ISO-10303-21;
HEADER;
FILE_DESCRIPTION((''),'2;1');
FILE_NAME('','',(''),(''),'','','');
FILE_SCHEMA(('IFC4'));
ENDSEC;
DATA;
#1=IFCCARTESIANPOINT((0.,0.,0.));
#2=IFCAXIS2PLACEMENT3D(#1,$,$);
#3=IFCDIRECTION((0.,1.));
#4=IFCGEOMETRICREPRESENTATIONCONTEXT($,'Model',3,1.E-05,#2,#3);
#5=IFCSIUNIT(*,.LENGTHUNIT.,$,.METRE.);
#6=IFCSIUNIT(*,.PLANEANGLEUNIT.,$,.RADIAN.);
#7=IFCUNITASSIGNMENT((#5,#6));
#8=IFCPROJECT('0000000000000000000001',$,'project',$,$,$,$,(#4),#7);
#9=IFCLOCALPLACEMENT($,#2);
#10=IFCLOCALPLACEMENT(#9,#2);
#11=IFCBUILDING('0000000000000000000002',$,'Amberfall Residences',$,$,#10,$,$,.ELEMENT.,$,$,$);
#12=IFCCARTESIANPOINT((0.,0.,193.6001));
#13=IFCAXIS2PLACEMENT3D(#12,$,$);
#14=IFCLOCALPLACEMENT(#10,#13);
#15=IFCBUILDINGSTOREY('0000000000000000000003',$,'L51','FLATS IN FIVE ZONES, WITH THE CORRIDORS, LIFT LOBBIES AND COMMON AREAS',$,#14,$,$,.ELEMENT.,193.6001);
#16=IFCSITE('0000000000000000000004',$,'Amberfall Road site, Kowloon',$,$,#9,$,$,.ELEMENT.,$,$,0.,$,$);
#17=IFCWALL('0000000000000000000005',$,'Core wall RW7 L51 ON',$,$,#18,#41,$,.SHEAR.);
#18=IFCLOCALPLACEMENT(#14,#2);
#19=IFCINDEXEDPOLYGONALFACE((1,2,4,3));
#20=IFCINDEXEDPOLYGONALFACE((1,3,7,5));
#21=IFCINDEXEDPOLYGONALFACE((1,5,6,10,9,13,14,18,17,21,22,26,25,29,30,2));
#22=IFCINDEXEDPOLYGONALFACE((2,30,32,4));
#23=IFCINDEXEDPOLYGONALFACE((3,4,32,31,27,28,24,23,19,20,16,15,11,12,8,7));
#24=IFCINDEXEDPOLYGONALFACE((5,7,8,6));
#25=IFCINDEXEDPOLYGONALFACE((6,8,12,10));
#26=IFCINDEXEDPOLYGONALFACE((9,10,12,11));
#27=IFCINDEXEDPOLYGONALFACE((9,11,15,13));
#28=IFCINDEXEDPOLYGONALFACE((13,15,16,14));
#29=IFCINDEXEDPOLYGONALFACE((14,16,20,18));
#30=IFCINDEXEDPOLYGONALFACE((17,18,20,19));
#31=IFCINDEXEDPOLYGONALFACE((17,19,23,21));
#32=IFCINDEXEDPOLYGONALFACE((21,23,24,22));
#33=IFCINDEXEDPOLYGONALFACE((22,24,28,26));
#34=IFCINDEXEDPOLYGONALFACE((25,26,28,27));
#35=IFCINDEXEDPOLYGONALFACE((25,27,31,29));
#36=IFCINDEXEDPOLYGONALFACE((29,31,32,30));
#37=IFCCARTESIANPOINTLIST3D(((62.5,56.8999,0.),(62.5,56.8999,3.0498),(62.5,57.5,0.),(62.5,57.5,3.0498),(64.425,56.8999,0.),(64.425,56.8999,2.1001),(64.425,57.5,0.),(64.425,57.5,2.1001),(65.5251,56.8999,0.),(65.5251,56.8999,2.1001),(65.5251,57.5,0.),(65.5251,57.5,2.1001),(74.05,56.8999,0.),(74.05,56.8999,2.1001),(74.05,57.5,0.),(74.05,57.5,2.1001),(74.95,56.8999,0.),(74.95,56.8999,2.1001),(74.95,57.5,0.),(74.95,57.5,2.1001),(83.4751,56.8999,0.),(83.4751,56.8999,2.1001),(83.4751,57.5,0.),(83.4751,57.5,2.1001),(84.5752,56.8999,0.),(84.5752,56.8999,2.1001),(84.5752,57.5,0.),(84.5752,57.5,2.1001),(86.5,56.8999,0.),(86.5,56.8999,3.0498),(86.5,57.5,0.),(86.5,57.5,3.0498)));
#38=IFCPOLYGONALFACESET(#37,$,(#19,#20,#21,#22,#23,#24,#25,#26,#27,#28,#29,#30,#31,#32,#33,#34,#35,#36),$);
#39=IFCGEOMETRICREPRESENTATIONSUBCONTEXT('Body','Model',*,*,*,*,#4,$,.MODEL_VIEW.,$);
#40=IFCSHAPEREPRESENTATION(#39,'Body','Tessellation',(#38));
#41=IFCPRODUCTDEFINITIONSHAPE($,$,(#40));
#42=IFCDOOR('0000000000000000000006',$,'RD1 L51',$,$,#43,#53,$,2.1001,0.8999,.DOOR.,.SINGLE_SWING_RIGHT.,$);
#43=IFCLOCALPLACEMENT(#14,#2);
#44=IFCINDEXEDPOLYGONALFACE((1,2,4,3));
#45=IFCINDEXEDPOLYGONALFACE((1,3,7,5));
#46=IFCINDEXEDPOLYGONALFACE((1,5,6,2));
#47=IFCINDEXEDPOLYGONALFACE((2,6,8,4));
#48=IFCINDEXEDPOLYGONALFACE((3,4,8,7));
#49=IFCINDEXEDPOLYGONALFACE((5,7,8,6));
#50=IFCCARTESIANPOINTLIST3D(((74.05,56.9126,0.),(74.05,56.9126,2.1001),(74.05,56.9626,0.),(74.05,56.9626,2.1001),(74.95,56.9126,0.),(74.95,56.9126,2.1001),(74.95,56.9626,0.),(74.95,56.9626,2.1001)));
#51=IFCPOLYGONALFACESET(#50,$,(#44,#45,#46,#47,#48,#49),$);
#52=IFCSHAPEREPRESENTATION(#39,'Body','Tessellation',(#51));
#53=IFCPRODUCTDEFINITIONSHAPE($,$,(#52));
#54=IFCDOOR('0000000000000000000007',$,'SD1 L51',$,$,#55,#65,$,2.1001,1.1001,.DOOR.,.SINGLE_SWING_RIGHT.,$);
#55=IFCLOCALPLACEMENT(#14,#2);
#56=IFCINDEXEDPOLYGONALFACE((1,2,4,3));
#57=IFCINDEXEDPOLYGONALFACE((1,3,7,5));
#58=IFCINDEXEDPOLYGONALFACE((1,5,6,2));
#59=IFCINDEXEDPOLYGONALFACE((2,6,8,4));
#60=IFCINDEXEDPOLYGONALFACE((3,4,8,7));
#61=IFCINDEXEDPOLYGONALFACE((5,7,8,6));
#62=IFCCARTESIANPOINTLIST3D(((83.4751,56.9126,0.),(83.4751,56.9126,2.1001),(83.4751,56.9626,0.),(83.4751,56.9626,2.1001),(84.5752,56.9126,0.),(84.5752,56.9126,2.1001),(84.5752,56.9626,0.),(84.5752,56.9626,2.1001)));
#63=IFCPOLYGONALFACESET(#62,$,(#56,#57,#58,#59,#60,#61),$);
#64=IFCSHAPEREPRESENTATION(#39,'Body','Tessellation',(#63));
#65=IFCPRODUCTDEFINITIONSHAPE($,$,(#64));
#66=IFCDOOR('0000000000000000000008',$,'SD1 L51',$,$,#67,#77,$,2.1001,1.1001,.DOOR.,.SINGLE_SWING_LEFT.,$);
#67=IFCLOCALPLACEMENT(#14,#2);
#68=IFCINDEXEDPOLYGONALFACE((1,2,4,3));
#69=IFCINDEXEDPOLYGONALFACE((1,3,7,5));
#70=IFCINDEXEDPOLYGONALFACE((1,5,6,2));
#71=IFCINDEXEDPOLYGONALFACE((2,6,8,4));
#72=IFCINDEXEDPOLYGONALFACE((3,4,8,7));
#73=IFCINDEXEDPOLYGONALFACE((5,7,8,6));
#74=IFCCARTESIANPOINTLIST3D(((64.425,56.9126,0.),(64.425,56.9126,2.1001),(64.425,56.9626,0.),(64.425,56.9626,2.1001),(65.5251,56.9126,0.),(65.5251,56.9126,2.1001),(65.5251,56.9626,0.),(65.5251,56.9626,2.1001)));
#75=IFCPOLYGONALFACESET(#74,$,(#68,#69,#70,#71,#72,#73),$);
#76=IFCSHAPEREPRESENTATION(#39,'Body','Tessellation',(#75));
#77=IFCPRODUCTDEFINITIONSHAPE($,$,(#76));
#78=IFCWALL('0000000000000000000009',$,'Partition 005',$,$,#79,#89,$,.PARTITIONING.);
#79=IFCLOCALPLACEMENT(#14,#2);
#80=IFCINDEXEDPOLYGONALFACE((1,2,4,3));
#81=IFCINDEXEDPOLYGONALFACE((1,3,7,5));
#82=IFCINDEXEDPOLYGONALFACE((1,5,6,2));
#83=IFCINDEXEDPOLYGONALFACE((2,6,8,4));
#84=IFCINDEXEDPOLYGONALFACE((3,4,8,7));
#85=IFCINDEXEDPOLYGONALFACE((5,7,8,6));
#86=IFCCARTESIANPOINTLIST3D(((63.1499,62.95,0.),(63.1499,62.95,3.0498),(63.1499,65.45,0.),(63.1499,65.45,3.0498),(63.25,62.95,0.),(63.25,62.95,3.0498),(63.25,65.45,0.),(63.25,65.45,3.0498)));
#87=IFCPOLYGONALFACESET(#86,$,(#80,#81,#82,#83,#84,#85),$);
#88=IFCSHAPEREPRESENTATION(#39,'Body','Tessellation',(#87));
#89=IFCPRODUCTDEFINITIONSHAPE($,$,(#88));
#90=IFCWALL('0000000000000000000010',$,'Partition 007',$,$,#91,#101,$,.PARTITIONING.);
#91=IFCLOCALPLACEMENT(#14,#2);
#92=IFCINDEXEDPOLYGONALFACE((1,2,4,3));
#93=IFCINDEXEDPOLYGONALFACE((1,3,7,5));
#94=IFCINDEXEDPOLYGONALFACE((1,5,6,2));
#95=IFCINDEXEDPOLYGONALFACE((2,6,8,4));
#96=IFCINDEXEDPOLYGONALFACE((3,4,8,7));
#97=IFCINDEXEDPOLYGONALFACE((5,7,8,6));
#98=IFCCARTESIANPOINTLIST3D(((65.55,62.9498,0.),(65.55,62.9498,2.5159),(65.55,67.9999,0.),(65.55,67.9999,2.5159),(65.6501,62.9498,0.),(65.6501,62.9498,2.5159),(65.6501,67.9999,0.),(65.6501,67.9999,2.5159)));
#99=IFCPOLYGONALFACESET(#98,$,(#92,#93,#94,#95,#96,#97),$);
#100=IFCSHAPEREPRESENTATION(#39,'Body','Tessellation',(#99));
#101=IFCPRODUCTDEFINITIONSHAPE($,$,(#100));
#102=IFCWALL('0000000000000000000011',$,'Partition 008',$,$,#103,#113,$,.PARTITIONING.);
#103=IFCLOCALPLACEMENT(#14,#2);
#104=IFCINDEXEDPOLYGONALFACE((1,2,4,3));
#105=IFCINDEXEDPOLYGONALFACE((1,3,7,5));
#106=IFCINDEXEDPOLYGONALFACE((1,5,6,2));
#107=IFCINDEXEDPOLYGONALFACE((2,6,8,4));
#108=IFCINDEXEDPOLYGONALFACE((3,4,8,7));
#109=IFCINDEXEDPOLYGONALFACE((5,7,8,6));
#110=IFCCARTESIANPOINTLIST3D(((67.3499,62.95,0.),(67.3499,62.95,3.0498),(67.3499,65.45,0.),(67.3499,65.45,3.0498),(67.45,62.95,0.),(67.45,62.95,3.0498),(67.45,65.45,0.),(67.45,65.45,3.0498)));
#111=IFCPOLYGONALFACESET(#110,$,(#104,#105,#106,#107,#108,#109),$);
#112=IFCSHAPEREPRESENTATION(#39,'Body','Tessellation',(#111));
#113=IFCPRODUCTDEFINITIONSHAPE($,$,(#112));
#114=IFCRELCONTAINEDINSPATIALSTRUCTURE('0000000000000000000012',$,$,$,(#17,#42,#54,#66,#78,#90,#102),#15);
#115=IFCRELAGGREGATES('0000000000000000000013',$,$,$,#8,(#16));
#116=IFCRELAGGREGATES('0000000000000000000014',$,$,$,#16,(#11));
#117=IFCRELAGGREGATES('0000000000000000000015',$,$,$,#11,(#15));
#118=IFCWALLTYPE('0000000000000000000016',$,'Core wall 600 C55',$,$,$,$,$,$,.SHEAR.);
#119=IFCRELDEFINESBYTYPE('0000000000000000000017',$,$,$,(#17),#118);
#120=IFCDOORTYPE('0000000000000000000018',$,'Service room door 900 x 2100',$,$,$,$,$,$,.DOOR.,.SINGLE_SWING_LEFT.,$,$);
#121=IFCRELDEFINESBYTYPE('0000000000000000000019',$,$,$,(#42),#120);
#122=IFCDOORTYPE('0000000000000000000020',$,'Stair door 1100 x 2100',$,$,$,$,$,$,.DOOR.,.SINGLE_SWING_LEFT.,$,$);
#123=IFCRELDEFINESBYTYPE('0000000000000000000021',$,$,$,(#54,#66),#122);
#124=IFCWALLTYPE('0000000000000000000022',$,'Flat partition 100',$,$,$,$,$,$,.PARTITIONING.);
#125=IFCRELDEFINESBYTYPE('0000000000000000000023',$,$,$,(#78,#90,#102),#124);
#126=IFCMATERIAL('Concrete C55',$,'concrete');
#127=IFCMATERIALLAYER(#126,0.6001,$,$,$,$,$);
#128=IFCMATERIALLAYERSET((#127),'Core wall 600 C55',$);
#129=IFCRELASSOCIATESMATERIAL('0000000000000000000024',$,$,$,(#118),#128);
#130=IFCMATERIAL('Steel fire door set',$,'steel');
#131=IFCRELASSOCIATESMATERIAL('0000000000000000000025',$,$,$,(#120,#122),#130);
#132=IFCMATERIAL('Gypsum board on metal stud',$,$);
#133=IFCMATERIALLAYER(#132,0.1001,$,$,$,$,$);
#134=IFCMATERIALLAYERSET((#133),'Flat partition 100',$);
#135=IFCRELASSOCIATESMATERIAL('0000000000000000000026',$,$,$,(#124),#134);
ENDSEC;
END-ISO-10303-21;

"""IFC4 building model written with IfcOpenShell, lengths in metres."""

from ifc_helpers import new_model, si_unit, direction, frame, frame_2d, origin, place, context, subcontext, project, spatial, rectangle, extrude, material, layer, layer_set, type_object, element, fill, save


model = new_model("IFC4")

# Units and contexts
model_context = context("Model", 3, precision=1e-05, world=origin(), true_north=direction((0.0, 1.0)))
body_context = subcontext(model_context, "Body", "Model", "MODEL_VIEW")
ifc_project = project(units=[si_unit("LENGTHUNIT", "METRE"), si_unit("PLANEANGLEUNIT", "RADIAN")], contexts=[model_context])

# Site, building, storey
site_placement = place(None, origin())
site = spatial("IfcSite", under=ifc_project, at=site_placement, Name="Amberfall Road site, Kowloon", CompositionType="ELEMENT", RefElevation=0.0)
building_placement = place(site_placement, origin())
building = spatial("IfcBuilding", under=site, at=building_placement, Name="Amberfall Residences", CompositionType="ELEMENT")
storey_placement = place(building_placement, frame((0.0, 0.0, 193.6001)))
storey = spatial("IfcBuildingStorey", under=building, at=storey_placement, Name="L51", Description="FLATS IN FIVE ZONES, WITH THE CORRIDORS, LIFT LOBBIES AND COMMON AREAS", CompositionType="ELEMENT", Elevation=193.6001)

# Wall, openings, doors
ifc_material_1 = material(Name="Concrete C55", Category="concrete")
ifc_layer_1 = layer(ifc_material_1, 0.6001)
ifc_layer_set_1 = layer_set([ifc_layer_1], Name="Core wall 600 C55")
wall_type_1 = type_object("IfcWallType", Name="Core wall 600 C55", PredefinedType="SHEAR", material=ifc_layer_set_1)
wall_1_placement = place(storey_placement, frame((62.5, 57.2, 0.0), z_axis=(0.0, 0.0, 1.0), x_axis=(1.0, 0.0, 0.0)))
wall_1 = element("IfcWall", 1, at=wall_1_placement, inside=storey, type_object=wall_type_1, Name="Core wall RW7 L51 ON", PredefinedType="SHEAR", context=body_context, shape_type="SweptSolid", body=[
    extrude(rectangle(XDim=24.0, YDim=0.6001, at=frame_2d((12.0, 0.0))), origin(), (0.0, 0.0, 1.0), 3.0498),
])
opening_1_placement = place(wall_1_placement, frame((20.9751, 0.0, 0.0)))
opening_1 = element("IfcOpeningElement", 2, at=opening_1_placement, cuts=wall_1, PredefinedType="OPENING", context=body_context, shape_type="SweptSolid", body=[
    extrude(rectangle(XDim=1.1001, YDim=2.1001, at=frame_2d((0.55, 1.05))), frame((0.0, 0.3101, 0.0), z_axis=(0.0, -1.0, 0.0), x_axis=(1.0, 0.0, 0.0)), (0.0, 0.0, 1.0), 0.6201),
])
opening_2_placement = place(wall_1_placement, frame((1.925, 0.0, 0.0)))
opening_2 = element("IfcOpeningElement", 3, at=opening_2_placement, cuts=wall_1, PredefinedType="OPENING", context=body_context, shape_type="SweptSolid", body=[
    extrude(rectangle(XDim=1.1001, YDim=2.1001, at=frame_2d((0.55, 1.05))), frame((0.0, 0.3101, 0.0), z_axis=(0.0, -1.0, 0.0), x_axis=(1.0, 0.0, 0.0)), (0.0, 0.0, 1.0), 0.6201),
])
opening_3_placement = place(wall_1_placement, frame((11.55, 0.0, 0.0)))
opening_3 = element("IfcOpeningElement", 4, at=opening_3_placement, cuts=wall_1, PredefinedType="OPENING", context=body_context, shape_type="SweptSolid", body=[
    extrude(rectangle(XDim=0.8999, YDim=2.1001, at=frame_2d((0.45, 1.05))), frame((0.0, 0.3101, 0.0), z_axis=(0.0, -1.0, 0.0), x_axis=(1.0, 0.0, 0.0)), (0.0, 0.0, 1.0), 0.6201),
])
ifc_material_2 = material(Name="Steel fire door set", Category="steel")
door_type_1 = type_object("IfcDoorType", Name="Service room door 900 x 2100", OperationType="SINGLE_SWING_LEFT", PredefinedType="DOOR", material=ifc_material_2)
door_1_placement = place(opening_3_placement, origin())
door_1 = element("IfcDoor", 5, at=door_1_placement, inside=storey, type_object=door_type_1, Name="RD1 L51", OperationType="SINGLE_SWING_RIGHT", OverallHeight=2.1001, OverallWidth=0.8999, PredefinedType="DOOR", context=body_context, shape_type="SweptSolid", body=[
    extrude(rectangle(XDim=0.8999, YDim=2.1001, at=frame_2d((0.45, 1.05))), frame((0.0, -0.2373, 0.0), z_axis=(0.0, -1.0, 0.0), x_axis=(1.0, 0.0, 0.0)), (0.0, 0.0, 1.0), 0.05),
])
fill(opening_3, door_1)
door_type_2 = type_object("IfcDoorType", Name="Stair door 1100 x 2100", OperationType="SINGLE_SWING_LEFT", PredefinedType="DOOR", material=ifc_material_2)
door_2_placement = place(opening_1_placement, origin())
door_2 = element("IfcDoor", 6, at=door_2_placement, inside=storey, type_object=door_type_2, Name="SD1 L51", OperationType="SINGLE_SWING_RIGHT", OverallHeight=2.1001, OverallWidth=1.1001, PredefinedType="DOOR", context=body_context, shape_type="SweptSolid", body=[
    extrude(rectangle(XDim=1.1001, YDim=2.1001, at=frame_2d((0.55, 1.05))), frame((0.0, -0.2373, 0.0), z_axis=(0.0, -1.0, 0.0), x_axis=(1.0, 0.0, 0.0)), (0.0, 0.0, 1.0), 0.05),
])
fill(opening_1, door_2)
door_3_placement = place(opening_2_placement, origin())
door_3 = element("IfcDoor", 7, at=door_3_placement, inside=storey, type_object=door_type_2, Name="SD1 L51", OperationType="SINGLE_SWING_LEFT", OverallHeight=2.1001, OverallWidth=1.1001, PredefinedType="DOOR", context=body_context, shape_type="SweptSolid", body=[
    extrude(rectangle(XDim=1.1001, YDim=2.1001, at=frame_2d((0.55, 1.05))), frame((0.0, -0.2373, 0.0), z_axis=(0.0, -1.0, 0.0), x_axis=(1.0, 0.0, 0.0)), (0.0, 0.0, 1.0), 0.05),
])
fill(opening_2, door_3)

# Walls
ifc_material_3 = material(Name="Gypsum board on metal stud")
ifc_layer_2 = layer(ifc_material_3, 0.1001)
ifc_layer_set_2 = layer_set([ifc_layer_2], Name="Flat partition 100")
wall_type_2 = type_object("IfcWallType", Name="Flat partition 100", PredefinedType="PARTITIONING", material=ifc_layer_set_2)
wall_2_placement = place(storey_placement, frame((63.2, 62.95, 0.0), z_axis=(0.0, 0.0, 1.0), x_axis=(0.0, 1.0, 0.0)))
element("IfcWall", 8, at=wall_2_placement, inside=storey, type_object=wall_type_2, Name="Partition 005", PredefinedType="PARTITIONING", context=body_context, shape_type="SweptSolid", body=[
    extrude(rectangle(XDim=2.5, YDim=0.1001, at=frame_2d((1.25, 0.0))), origin(), (0.0, 0.0, 1.0), 3.0498),
])
wall_3_placement = place(storey_placement, frame((65.6001, 62.95, 0.0), z_axis=(0.0, 0.0, 1.0), x_axis=(0.0, 1.0, 0.0)))
element("IfcWall", 9, at=wall_3_placement, inside=storey, type_object=wall_type_2, Name="Partition 007", PredefinedType="PARTITIONING", context=body_context, shape_type="SweptSolid", body=[
    extrude(rectangle(XDim=5.05, YDim=0.1001, at=frame_2d((2.5249, 0.0))), origin(), (0.0, 0.0, 1.0), 2.5159),
])
wall_4_placement = place(storey_placement, frame((67.3999, 62.95, 0.0), z_axis=(0.0, 0.0, 1.0), x_axis=(0.0, 1.0, 0.0)))
element("IfcWall", 10, at=wall_4_placement, inside=storey, type_object=wall_type_2, Name="Partition 008", PredefinedType="PARTITIONING", context=body_context, shape_type="SweptSolid", body=[
    extrude(rectangle(XDim=2.5, YDim=0.1001, at=frame_2d((1.25, 0.0))), origin(), (0.0, 0.0, 1.0), 3.0498),
])

save(model, "model.ifc")
